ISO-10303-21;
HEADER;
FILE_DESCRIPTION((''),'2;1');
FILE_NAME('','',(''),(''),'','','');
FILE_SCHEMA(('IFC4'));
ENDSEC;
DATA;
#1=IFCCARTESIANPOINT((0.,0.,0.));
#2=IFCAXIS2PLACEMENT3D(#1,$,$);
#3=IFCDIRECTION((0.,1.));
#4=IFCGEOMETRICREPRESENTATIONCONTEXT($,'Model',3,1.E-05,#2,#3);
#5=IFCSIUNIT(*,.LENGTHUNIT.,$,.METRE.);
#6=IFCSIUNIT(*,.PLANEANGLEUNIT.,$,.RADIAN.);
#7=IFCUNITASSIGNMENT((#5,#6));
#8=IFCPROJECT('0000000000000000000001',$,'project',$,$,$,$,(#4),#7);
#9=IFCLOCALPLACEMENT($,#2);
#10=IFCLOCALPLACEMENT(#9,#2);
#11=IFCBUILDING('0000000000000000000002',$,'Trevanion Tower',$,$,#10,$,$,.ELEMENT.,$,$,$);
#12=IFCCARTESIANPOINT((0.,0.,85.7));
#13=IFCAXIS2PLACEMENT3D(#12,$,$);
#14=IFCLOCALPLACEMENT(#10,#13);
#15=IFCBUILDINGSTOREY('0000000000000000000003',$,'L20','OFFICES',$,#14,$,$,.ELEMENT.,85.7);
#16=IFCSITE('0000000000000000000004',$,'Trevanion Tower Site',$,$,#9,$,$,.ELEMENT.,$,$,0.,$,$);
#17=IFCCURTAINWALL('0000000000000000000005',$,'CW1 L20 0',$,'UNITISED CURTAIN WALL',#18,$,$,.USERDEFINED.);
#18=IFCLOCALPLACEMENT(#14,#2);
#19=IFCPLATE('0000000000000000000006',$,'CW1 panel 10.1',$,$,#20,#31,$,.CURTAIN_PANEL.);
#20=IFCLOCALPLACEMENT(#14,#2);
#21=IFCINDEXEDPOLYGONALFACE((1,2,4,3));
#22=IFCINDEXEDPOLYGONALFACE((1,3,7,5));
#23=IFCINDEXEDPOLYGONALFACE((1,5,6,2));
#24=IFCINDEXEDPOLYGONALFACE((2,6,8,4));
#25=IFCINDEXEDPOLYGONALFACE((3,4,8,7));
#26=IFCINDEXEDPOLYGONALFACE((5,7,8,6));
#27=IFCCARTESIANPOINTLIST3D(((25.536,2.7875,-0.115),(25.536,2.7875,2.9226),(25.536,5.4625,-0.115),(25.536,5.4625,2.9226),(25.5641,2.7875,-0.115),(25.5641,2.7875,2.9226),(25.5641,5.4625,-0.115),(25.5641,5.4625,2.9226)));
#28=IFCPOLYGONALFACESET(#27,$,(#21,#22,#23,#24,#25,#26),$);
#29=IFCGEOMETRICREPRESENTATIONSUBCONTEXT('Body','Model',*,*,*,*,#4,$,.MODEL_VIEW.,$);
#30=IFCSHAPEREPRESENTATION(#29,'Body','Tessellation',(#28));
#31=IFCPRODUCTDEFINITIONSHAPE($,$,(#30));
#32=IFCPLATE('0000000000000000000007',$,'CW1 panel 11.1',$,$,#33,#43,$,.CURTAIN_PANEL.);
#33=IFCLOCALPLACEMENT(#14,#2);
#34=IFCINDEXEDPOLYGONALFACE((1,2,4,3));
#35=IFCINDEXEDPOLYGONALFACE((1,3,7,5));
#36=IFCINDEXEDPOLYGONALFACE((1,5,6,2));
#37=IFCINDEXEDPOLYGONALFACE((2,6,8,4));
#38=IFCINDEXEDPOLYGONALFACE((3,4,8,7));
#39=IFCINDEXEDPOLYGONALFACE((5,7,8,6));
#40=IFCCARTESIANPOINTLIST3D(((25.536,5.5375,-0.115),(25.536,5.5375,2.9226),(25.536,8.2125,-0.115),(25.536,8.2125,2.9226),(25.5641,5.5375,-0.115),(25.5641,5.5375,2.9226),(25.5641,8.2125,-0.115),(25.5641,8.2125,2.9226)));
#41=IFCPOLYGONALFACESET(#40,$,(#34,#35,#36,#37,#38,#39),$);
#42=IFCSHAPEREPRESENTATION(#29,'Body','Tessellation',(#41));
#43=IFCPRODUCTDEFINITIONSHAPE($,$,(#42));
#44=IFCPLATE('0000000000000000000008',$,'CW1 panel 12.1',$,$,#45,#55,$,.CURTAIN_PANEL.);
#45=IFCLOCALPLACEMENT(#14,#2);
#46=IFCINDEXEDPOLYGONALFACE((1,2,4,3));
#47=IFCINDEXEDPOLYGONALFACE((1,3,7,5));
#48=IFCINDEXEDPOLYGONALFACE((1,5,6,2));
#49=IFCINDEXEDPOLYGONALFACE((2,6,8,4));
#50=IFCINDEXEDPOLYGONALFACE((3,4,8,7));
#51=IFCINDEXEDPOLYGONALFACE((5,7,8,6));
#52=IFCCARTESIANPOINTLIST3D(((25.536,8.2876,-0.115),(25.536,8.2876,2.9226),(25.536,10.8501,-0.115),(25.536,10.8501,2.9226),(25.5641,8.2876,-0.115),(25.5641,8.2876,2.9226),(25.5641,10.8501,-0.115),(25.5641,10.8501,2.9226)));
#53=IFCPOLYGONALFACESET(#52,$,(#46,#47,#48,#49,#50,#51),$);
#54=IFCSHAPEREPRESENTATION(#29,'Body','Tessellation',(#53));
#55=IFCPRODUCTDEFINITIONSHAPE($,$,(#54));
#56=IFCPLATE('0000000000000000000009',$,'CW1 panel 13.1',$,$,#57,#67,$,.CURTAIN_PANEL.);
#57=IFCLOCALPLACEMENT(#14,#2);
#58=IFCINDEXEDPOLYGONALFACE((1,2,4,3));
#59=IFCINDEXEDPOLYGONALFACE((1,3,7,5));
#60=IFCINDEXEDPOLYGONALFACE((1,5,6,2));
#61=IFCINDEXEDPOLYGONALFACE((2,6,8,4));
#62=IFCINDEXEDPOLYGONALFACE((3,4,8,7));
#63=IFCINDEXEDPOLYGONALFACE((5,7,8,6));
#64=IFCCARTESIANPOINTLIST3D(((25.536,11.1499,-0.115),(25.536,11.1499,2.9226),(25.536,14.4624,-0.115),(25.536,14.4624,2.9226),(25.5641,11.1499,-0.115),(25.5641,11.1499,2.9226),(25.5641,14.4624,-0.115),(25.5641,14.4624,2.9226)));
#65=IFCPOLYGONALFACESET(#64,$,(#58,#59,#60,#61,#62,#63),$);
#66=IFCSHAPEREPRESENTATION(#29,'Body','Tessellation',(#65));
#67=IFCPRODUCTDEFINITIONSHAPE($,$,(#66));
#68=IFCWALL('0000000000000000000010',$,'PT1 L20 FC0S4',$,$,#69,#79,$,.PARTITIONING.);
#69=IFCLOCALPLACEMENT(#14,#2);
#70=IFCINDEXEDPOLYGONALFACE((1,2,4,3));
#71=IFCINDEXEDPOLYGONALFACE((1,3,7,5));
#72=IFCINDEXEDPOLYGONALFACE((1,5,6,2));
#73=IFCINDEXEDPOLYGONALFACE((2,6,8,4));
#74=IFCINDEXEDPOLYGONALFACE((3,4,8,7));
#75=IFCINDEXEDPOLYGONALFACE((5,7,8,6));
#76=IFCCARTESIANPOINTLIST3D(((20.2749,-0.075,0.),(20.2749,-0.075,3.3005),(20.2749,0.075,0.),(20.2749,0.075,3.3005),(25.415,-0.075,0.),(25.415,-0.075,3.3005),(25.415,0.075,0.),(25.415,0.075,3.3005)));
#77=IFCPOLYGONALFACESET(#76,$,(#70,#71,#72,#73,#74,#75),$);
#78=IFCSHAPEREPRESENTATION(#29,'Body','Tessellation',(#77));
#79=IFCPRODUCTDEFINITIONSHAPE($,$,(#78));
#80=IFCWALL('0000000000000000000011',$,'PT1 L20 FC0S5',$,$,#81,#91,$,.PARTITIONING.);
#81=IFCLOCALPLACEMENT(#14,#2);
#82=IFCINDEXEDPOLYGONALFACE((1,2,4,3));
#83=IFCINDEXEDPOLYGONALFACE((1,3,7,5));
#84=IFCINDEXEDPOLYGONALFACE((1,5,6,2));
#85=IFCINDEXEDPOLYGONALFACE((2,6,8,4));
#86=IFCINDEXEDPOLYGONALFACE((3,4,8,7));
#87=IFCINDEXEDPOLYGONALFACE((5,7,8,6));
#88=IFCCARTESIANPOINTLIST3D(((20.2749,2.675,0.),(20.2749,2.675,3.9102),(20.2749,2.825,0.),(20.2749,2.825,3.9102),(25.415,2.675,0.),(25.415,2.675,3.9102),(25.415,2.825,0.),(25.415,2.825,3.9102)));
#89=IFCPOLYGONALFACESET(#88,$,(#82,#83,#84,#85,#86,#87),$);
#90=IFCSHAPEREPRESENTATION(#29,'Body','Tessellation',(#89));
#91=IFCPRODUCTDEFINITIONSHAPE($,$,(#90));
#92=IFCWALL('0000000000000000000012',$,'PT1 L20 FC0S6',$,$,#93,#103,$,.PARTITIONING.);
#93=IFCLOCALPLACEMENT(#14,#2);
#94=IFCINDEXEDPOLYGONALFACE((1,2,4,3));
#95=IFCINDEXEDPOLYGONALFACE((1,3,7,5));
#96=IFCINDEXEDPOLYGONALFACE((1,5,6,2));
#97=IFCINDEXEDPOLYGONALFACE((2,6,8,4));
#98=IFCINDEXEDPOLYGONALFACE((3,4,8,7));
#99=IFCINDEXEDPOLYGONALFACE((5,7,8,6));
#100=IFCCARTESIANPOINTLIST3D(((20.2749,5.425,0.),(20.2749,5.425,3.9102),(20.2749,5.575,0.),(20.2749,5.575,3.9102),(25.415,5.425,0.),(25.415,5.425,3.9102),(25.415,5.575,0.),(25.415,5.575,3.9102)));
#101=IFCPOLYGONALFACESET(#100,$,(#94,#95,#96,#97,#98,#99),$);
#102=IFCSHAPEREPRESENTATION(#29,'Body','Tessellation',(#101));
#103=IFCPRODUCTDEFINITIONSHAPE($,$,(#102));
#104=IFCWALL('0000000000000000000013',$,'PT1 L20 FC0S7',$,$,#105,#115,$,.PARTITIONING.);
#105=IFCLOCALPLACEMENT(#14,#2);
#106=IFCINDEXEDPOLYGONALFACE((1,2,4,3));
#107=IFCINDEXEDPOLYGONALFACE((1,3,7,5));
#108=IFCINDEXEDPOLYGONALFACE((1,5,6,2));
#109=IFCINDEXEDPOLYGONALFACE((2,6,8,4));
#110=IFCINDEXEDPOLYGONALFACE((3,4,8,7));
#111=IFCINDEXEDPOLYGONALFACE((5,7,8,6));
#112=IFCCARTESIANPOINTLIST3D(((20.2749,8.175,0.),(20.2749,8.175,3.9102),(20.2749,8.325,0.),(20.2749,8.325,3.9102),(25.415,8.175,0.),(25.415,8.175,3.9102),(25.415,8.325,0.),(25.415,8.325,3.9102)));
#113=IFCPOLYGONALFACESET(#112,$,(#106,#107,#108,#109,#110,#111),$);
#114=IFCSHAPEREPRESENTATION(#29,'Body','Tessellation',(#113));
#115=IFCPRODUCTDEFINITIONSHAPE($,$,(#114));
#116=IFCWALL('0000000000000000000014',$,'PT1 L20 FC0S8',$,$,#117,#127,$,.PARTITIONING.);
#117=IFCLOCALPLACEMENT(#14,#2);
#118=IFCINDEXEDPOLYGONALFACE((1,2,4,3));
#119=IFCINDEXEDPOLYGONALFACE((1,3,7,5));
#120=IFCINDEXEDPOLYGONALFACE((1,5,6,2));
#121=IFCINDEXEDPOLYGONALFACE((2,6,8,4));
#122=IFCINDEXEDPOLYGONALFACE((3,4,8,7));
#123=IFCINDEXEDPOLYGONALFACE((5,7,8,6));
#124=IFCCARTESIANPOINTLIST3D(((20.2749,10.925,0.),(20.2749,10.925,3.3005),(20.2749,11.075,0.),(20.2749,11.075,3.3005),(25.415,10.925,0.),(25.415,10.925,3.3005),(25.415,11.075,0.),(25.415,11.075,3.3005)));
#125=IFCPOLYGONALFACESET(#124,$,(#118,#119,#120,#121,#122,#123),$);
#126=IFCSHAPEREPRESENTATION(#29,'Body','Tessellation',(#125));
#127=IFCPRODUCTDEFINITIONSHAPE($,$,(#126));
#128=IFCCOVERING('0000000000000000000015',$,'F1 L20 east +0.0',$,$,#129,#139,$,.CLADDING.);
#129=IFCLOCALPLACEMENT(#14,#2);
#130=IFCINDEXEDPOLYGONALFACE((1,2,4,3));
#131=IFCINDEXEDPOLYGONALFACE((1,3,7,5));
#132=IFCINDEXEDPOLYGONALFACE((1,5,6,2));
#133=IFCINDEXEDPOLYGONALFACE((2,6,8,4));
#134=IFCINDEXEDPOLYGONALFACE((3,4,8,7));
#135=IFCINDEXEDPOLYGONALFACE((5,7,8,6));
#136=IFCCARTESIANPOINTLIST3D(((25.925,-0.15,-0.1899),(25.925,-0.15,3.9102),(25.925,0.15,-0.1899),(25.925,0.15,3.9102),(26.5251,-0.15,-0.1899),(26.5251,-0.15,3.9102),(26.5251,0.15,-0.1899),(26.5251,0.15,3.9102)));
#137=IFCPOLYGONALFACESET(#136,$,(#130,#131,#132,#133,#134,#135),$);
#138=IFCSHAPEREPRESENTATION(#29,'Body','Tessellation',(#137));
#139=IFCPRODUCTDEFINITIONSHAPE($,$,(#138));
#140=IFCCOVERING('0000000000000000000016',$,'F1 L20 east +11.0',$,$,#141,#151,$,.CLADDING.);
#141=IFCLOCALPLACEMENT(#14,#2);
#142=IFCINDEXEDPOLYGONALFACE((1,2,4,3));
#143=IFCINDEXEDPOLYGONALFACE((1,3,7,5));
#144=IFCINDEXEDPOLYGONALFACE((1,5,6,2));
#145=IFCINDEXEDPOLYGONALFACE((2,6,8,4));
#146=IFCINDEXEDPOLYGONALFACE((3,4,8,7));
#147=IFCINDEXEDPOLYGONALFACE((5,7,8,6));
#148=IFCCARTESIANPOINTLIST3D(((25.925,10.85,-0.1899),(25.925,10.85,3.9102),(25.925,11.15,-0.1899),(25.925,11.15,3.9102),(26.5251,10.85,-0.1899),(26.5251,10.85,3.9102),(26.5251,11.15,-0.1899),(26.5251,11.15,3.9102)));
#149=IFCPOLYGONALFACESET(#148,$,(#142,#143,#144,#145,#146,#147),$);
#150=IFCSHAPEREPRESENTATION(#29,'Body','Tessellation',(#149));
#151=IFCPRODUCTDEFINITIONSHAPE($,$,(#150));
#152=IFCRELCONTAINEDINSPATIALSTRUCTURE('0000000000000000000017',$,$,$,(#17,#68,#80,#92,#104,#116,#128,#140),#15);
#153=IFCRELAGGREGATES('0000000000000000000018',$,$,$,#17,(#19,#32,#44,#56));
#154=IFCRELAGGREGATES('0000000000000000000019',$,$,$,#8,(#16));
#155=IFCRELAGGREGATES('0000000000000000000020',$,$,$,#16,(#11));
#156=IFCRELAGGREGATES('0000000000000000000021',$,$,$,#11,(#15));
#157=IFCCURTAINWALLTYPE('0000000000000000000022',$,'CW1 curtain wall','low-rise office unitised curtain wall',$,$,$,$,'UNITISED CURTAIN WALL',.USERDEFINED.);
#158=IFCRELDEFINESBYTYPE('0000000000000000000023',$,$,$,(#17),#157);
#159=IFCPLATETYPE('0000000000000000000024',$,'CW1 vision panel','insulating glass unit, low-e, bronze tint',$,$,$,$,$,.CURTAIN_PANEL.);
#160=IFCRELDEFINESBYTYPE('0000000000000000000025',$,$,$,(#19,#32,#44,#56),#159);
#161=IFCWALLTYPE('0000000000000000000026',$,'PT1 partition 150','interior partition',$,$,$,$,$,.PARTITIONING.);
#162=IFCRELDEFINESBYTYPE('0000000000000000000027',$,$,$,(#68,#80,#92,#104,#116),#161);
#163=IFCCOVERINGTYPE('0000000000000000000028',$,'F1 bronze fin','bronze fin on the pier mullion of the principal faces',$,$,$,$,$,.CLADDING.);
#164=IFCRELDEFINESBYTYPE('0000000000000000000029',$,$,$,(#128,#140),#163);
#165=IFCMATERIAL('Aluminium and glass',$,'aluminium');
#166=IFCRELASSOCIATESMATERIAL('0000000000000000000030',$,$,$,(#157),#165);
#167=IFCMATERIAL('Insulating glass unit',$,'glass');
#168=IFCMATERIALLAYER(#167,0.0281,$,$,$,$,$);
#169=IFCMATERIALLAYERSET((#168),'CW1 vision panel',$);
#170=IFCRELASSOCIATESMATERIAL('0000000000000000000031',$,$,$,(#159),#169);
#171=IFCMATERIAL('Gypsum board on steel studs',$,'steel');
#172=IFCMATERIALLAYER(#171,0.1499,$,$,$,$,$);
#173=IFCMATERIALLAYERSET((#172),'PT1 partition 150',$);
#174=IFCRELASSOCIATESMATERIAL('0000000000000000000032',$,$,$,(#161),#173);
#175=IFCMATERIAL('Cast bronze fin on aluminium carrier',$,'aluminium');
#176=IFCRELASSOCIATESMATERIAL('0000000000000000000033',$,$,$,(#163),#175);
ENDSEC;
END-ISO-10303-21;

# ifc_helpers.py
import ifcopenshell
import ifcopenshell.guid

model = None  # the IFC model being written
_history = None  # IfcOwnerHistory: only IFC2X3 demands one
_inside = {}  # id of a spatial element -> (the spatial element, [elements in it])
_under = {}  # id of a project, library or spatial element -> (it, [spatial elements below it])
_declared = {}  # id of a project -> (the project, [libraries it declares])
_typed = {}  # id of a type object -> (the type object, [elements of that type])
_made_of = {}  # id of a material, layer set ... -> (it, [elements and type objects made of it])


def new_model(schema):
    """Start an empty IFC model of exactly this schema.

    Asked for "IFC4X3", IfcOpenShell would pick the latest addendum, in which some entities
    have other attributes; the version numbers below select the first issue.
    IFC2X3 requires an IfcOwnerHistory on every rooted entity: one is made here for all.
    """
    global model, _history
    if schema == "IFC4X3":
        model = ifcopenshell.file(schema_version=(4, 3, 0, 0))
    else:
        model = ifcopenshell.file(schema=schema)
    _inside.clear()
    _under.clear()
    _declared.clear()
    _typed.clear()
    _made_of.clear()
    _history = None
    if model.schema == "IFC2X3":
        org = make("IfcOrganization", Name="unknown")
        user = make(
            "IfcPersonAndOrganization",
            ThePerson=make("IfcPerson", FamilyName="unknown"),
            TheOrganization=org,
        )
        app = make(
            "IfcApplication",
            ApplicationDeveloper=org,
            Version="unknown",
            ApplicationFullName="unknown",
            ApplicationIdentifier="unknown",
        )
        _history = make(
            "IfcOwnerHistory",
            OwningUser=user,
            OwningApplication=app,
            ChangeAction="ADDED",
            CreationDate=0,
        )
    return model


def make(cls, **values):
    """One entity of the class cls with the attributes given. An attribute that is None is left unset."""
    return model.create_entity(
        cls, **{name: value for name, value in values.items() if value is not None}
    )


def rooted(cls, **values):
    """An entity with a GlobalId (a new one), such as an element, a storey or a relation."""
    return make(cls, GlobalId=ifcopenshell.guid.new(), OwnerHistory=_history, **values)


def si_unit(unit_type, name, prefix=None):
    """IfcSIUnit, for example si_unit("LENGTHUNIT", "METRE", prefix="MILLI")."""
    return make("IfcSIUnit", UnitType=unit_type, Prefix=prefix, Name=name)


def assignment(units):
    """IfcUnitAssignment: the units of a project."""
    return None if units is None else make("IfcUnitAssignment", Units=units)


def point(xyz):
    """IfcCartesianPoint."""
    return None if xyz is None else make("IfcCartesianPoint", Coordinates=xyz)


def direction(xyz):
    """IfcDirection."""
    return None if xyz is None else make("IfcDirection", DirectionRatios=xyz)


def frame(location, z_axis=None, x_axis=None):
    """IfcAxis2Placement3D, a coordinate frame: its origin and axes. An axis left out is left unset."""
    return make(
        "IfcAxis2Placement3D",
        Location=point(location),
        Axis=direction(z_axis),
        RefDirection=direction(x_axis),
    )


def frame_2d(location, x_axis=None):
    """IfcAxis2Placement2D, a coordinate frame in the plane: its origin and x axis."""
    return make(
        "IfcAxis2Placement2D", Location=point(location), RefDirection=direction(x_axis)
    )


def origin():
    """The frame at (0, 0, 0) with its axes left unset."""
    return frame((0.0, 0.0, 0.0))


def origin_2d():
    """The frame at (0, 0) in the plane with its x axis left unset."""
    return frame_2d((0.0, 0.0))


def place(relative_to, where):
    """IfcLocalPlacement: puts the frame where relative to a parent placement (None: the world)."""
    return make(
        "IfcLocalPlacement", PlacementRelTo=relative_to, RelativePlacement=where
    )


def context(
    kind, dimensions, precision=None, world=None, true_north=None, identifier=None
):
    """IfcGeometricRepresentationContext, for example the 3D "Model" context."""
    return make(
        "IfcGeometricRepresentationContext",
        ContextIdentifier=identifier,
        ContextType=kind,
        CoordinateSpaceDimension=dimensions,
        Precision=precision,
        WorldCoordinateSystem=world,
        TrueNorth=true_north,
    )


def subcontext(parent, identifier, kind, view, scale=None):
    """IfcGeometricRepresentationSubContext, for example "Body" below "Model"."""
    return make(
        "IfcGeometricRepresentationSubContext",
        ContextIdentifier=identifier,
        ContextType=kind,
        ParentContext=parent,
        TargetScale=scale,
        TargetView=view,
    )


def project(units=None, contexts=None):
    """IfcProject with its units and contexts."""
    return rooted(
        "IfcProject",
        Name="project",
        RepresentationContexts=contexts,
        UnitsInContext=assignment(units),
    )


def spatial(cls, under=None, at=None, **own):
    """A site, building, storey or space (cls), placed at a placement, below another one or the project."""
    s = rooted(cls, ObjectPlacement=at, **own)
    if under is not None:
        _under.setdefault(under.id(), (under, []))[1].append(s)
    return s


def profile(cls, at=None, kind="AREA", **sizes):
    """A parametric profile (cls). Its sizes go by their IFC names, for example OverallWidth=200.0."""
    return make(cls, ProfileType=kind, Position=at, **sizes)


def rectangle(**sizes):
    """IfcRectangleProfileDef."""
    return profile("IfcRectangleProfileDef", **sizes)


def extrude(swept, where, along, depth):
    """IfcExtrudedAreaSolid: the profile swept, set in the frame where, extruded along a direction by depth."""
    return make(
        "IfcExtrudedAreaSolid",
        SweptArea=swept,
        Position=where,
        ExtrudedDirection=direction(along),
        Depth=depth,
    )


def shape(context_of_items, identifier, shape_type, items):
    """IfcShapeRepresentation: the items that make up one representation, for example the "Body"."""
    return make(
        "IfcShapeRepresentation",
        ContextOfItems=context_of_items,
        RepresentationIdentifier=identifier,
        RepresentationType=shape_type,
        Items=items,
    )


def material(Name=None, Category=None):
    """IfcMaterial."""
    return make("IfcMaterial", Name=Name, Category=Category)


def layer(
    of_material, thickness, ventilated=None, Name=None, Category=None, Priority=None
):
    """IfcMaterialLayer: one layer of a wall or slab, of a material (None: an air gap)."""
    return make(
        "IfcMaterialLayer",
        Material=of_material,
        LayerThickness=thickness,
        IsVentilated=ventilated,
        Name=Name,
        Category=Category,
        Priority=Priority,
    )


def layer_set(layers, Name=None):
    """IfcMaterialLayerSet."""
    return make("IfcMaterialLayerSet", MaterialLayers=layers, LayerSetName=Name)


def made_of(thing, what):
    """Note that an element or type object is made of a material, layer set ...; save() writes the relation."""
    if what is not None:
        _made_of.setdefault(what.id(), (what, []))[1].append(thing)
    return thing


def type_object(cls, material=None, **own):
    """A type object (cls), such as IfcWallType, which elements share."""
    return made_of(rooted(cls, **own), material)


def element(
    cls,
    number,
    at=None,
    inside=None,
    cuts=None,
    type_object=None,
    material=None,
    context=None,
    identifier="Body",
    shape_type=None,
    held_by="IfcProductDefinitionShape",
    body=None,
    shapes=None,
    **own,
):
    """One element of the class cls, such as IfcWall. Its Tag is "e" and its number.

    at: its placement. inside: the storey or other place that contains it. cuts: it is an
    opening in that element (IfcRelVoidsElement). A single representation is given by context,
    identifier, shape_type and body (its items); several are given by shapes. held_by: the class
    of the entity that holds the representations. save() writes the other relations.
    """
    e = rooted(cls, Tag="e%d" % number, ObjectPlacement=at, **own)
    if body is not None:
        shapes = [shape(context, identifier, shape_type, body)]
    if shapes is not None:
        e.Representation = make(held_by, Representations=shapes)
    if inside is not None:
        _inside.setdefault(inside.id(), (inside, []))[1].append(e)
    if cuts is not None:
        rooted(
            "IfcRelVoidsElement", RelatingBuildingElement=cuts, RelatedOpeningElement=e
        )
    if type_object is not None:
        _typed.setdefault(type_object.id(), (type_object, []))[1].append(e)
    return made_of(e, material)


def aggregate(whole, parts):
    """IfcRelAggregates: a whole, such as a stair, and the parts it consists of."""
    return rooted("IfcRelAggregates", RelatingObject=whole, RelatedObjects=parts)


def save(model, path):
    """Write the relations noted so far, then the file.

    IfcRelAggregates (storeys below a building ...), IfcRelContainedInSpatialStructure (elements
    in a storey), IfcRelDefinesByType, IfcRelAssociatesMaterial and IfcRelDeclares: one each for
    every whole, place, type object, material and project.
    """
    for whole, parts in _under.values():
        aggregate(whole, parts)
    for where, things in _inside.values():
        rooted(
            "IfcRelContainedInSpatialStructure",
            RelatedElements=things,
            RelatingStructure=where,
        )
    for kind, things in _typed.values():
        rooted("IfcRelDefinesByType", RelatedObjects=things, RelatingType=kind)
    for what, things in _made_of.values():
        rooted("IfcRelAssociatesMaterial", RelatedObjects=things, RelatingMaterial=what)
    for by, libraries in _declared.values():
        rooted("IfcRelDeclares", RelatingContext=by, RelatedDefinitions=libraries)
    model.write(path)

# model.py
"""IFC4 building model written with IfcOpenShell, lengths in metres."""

from ifc_helpers import new_model, si_unit, direction, frame, frame_2d, origin, origin_2d, place, context, subcontext, project, spatial, rectangle, extrude, material, layer, layer_set, type_object, element, aggregate, save


model = new_model("IFC4")

# Units and contexts
model_context = context("Model", 3, precision=1e-05, world=origin(), true_north=direction((0.0, 1.0)))
body_context = subcontext(model_context, "Body", "Model", "MODEL_VIEW")
ifc_project = project(units=[si_unit("LENGTHUNIT", "METRE"), si_unit("PLANEANGLEUNIT", "RADIAN")], contexts=[model_context])

# Site, building, storey
site_placement = place(None, origin())
site = spatial("IfcSite", under=ifc_project, at=site_placement, Name="Trevanion Tower Site", CompositionType="ELEMENT", RefElevation=0.0)
building_placement = place(site_placement, origin())
building = spatial("IfcBuilding", under=site, at=building_placement, Name="Trevanion Tower", CompositionType="ELEMENT")
storey_placement = place(building_placement, frame((0.0, 0.0, 85.7)))
storey = spatial("IfcBuildingStorey", under=building, at=storey_placement, Name="L20", Description="OFFICES", CompositionType="ELEMENT", Elevation=85.7)

# Curtain wall
ifc_material_1 = material(Name="Aluminium and glass", Category="aluminium")
curtain_wall_type = type_object("IfcCurtainWallType", Name="CW1 curtain wall", Description="low-rise office unitised curtain wall", ElementType="UNITISED CURTAIN WALL", PredefinedType="USERDEFINED", material=ifc_material_1)
curtain_wall_placement = place(storey_placement, origin())
curtain_wall = element("IfcCurtainWall", 1, at=curtain_wall_placement, inside=storey, type_object=curtain_wall_type, Name="CW1 L20 0", ObjectType="UNITISED CURTAIN WALL", PredefinedType="USERDEFINED")

# Plates
ifc_material_2 = material(Name="Insulating glass unit", Category="glass")
ifc_layer_1 = layer(ifc_material_2, 0.0281)
ifc_layer_set_1 = layer_set([ifc_layer_1], Name="CW1 vision panel")
plate_type_1 = type_object("IfcPlateType", Name="CW1 vision panel", Description="insulating glass unit, low-e, bronze tint", PredefinedType="CURTAIN_PANEL", material=ifc_layer_set_1)
plate_1_placement = place(storey_placement, frame((25.55, 4.125, -0.115), z_axis=(0.0, 0.0, 1.0), x_axis=(0.0, 1.0, 0.0)))
plate_1 = element("IfcPlate", 2, at=plate_1_placement, type_object=plate_type_1, Name="CW1 panel 10.1", PredefinedType="CURTAIN_PANEL", context=body_context, shape_type="SweptSolid", body=[
    extrude(rectangle(XDim=2.675, YDim=0.0281, at=origin_2d()), origin(), (0.0, 0.0, 1.0), 3.0376),
])
plate_2_placement = place(storey_placement, frame((25.55, 6.875, -0.115), z_axis=(0.0, 0.0, 1.0), x_axis=(0.0, 1.0, 0.0)))
plate_2 = element("IfcPlate", 3, at=plate_2_placement, type_object=plate_type_1, Name="CW1 panel 11.1", PredefinedType="CURTAIN_PANEL", context=body_context, shape_type="SweptSolid", body=[
    extrude(rectangle(XDim=2.675, YDim=0.0281, at=origin_2d()), origin(), (0.0, 0.0, 1.0), 3.0376),
])
plate_3_placement = place(storey_placement, frame((25.55, 9.5688, -0.115), z_axis=(0.0, 0.0, 1.0), x_axis=(0.0, 1.0, 0.0)))
plate_3 = element("IfcPlate", 4, at=plate_3_placement, type_object=plate_type_1, Name="CW1 panel 12.1", PredefinedType="CURTAIN_PANEL", context=body_context, shape_type="SweptSolid", body=[
    extrude(rectangle(XDim=2.5625, YDim=0.0281, at=origin_2d()), origin(), (0.0, 0.0, 1.0), 3.0376),
])
plate_4_placement = place(storey_placement, frame((25.55, 12.8062, -0.115), z_axis=(0.0, 0.0, 1.0), x_axis=(0.0, 1.0, 0.0)))
plate_4 = element("IfcPlate", 5, at=plate_4_placement, type_object=plate_type_1, Name="CW1 panel 13.1", PredefinedType="CURTAIN_PANEL", context=body_context, shape_type="SweptSolid", body=[
    extrude(rectangle(XDim=3.3125, YDim=0.0281, at=origin_2d()), origin(), (0.0, 0.0, 1.0), 3.0376),
])
aggregate(curtain_wall, [plate_1, plate_2, plate_3, plate_4])

# Walls
ifc_material_3 = material(Name="Gypsum board on steel studs", Category="steel")
ifc_layer_2 = layer(ifc_material_3, 0.1499)
ifc_layer_set_2 = layer_set([ifc_layer_2], Name="PT1 partition 150")
wall_type = type_object("IfcWallType", Name="PT1 partition 150", Description="interior partition", PredefinedType="PARTITIONING", material=ifc_layer_set_2)
wall_1_placement = place(storey_placement, frame((20.2749, 0.0, 0.0), z_axis=(0.0, 0.0, 1.0), x_axis=(1.0, 0.0, 0.0)))
element("IfcWall", 6, at=wall_1_placement, inside=storey, type_object=wall_type, Name="PT1 L20 FC0S4", PredefinedType="PARTITIONING", context=body_context, shape_type="SweptSolid", body=[
    extrude(rectangle(XDim=5.1401, YDim=0.1499, at=frame_2d((2.5701, 0.0))), origin(), (0.0, 0.0, 1.0), 3.3005),
])
for number, where, z_axis, x_axis, name in (
    (7, (20.2749, 2.75, 0.0), (0.0, 0.0, 1.0), (1.0, 0.0, 0.0), "PT1 L20 FC0S5"),
    (8, (20.2749, 5.5, 0.0), (0.0, 0.0, 1.0), (1.0, 0.0, 0.0), "PT1 L20 FC0S6"),
    (9, (20.2749, 8.25, 0.0), (0.0, 0.0, 1.0), (1.0, 0.0, 0.0), "PT1 L20 FC0S7"),
):
    element("IfcWall", number, at=place(storey_placement, frame(where, z_axis=z_axis, x_axis=x_axis)), inside=storey, type_object=wall_type, Name=name, PredefinedType="PARTITIONING", context=body_context, shape_type="SweptSolid", body=[
        extrude(rectangle(XDim=5.1401, YDim=0.1499, at=frame_2d((2.5701, 0.0))), origin(), (0.0, 0.0, 1.0), 3.9102),
    ])
wall_2_placement = place(storey_placement, frame((20.2749, 11.0, 0.0), z_axis=(0.0, 0.0, 1.0), x_axis=(1.0, 0.0, 0.0)))
element("IfcWall", 10, at=wall_2_placement, inside=storey, type_object=wall_type, Name="PT1 L20 FC0S8", PredefinedType="PARTITIONING", context=body_context, shape_type="SweptSolid", body=[
    extrude(rectangle(XDim=5.1401, YDim=0.1499, at=frame_2d((2.5701, 0.0))), origin(), (0.0, 0.0, 1.0), 3.3005),
])

# Coverings
ifc_material_4 = material(Name="Cast bronze fin on aluminium carrier", Category="aluminium")
covering_type = type_object("IfcCoveringType", Name="F1 bronze fin", Description="bronze fin on the pier mullion of the principal faces", PredefinedType="CLADDING", material=ifc_material_4)
for number, where, z_axis, x_axis, name in (
    (11, (26.2251, 0.0, -0.1899), (0.0, 0.0, 1.0), (0.0, 1.0, 0.0), "F1 L20 east +0.0"),
    (12, (26.2251, 11.0, -0.1899), (0.0, 0.0, 1.0), (0.0, 1.0, 0.0), "F1 L20 east +11.0"),
):
    element("IfcCovering", number, at=place(storey_placement, frame(where, z_axis=z_axis, x_axis=x_axis)), inside=storey, type_object=covering_type, Name=name, PredefinedType="CLADDING", context=body_context, shape_type="SweptSolid", body=[
        extrude(rectangle(XDim=0.3, YDim=0.6001, at=origin_2d()), origin(), (0.0, 0.0, 1.0), 4.1001),
    ])

save(model, "model.ifc")
